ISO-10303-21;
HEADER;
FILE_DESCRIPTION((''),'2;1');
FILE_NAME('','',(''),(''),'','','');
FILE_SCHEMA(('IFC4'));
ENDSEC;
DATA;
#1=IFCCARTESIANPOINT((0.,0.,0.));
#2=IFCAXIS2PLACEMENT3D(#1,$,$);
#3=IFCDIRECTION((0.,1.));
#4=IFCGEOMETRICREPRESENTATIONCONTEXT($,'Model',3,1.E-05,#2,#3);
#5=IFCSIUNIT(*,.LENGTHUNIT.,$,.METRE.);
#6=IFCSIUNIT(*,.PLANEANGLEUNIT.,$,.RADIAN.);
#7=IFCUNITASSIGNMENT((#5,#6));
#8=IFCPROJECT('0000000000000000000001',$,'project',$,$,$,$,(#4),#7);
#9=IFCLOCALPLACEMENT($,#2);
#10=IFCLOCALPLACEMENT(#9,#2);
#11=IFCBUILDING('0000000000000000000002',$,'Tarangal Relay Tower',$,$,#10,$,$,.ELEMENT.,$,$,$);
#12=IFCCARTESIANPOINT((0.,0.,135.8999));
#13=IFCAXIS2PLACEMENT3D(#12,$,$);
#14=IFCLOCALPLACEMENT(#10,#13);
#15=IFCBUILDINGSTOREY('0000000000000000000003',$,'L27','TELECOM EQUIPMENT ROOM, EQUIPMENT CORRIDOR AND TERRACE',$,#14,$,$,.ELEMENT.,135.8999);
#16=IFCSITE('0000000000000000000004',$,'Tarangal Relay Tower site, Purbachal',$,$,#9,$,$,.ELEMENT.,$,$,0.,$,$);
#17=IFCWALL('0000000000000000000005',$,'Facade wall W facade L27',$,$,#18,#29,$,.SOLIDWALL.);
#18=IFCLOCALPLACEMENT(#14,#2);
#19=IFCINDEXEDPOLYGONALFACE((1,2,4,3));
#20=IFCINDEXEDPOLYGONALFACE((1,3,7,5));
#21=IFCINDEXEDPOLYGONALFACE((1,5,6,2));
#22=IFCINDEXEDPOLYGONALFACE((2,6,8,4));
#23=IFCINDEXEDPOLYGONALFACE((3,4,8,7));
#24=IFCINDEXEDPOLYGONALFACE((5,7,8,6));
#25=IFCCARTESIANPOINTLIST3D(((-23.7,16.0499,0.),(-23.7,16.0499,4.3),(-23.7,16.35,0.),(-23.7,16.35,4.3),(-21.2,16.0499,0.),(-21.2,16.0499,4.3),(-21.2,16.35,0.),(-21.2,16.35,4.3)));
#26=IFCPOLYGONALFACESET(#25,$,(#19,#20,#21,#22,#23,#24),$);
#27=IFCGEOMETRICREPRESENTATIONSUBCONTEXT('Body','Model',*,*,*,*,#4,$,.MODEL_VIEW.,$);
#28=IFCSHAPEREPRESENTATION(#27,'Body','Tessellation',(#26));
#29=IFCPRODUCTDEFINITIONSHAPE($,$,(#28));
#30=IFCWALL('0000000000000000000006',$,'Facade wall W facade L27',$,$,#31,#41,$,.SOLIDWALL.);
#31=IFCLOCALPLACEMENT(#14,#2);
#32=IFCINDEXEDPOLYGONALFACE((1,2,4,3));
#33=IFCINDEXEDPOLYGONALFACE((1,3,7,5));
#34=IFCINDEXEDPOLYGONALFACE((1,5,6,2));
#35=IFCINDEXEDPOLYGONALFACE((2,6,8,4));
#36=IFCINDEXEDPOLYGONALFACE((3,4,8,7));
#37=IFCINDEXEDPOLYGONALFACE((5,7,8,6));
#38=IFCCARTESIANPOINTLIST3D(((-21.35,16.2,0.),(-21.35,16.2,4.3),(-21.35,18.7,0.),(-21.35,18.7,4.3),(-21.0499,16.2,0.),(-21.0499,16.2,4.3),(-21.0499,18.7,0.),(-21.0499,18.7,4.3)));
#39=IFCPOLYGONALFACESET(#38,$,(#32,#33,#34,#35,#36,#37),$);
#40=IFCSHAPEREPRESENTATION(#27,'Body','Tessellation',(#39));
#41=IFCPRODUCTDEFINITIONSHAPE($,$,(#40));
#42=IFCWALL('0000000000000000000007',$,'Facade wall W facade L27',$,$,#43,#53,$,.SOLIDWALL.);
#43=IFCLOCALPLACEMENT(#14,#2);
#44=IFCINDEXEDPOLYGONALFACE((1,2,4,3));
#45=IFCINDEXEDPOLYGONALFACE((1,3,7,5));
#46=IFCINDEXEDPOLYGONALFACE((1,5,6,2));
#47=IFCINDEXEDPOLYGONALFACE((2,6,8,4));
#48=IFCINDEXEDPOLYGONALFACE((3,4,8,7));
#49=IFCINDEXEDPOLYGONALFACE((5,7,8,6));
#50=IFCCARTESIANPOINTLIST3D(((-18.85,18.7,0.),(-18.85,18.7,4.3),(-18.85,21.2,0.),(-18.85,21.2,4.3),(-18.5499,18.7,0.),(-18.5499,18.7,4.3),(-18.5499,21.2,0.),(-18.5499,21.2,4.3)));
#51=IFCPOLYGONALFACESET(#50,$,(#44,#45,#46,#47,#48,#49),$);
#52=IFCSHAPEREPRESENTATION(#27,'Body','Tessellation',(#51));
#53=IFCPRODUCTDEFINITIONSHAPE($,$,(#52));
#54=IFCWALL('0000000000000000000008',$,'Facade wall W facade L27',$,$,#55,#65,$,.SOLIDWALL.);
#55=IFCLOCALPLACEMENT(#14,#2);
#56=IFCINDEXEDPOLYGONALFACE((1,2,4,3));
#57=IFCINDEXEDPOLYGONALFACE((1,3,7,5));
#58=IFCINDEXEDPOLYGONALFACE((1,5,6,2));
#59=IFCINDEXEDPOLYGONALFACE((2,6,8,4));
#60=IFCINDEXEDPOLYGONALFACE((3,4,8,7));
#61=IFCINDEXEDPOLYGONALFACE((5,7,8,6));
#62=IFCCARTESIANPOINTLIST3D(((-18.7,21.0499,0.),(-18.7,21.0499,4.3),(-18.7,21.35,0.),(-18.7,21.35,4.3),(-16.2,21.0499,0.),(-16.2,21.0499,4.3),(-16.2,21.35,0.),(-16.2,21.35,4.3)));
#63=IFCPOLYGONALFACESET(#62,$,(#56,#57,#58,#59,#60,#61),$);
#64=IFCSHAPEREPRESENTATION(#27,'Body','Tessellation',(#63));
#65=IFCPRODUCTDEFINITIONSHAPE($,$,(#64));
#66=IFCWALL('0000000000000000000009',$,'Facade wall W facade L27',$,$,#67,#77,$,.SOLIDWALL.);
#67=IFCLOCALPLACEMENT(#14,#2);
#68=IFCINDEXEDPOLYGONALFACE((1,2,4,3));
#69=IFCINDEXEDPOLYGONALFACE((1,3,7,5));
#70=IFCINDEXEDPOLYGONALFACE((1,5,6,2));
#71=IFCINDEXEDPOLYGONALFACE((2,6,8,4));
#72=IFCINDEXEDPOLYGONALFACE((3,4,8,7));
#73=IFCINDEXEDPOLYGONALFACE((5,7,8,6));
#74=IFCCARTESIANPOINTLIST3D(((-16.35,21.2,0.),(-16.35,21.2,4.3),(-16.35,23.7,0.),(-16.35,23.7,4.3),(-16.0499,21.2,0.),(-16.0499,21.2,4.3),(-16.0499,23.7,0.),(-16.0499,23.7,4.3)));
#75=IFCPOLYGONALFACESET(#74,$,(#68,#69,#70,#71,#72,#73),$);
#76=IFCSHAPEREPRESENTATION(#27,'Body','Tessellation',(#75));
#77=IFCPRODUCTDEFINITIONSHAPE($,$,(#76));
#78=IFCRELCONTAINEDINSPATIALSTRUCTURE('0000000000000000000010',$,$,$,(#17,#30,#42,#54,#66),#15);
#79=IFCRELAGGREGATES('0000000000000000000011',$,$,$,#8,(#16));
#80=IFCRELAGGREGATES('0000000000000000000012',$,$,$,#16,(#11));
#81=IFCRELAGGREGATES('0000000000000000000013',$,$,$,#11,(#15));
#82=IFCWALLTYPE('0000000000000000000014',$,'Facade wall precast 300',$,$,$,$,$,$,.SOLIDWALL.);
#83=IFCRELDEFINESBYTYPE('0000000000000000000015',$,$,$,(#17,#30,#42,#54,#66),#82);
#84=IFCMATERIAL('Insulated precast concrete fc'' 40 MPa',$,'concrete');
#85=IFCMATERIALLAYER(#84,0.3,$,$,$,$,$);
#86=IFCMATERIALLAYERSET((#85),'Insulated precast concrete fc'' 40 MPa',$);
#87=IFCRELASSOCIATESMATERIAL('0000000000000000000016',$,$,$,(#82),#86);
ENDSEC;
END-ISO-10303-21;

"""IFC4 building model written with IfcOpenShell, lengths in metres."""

from ifc_helpers import new_model, si_unit, direction, frame, frame_2d, origin, place, context, subcontext, project, spatial, rectangle, extrude, material, layer, layer_set, type_object, element, save


model = new_model("IFC4")

# Units and contexts
model_context = context("Model", 3, precision=1e-05, world=origin(), true_north=direction((0.0, 1.0)))
body_context = subcontext(model_context, "Body", "Model", "MODEL_VIEW")
ifc_project = project(units=[si_unit("LENGTHUNIT", "METRE"), si_unit("PLANEANGLEUNIT", "RADIAN")], contexts=[model_context])

# Site, building, storey
site_placement = place(None, origin())
site = spatial("IfcSite", under=ifc_project, at=site_placement, Name="Tarangal Relay Tower site, Purbachal", CompositionType="ELEMENT", RefElevation=0.0)
building_placement = place(site_placement, origin())
building = spatial("IfcBuilding", under=site, at=building_placement, Name="Tarangal Relay Tower", CompositionType="ELEMENT")
storey_placement = place(building_placement, frame((0.0, 0.0, 135.8999)))
storey = spatial("IfcBuildingStorey", under=building, at=storey_placement, Name="L27", Description="TELECOM EQUIPMENT ROOM, EQUIPMENT CORRIDOR AND TERRACE", CompositionType="ELEMENT", Elevation=135.8999)

# Shared definitions
ifc_material_1 = material(Name="Insulated precast concrete fc' 40 MPa", Category="concrete")
ifc_layer = layer(ifc_material_1, 0.3)
ifc_layer_set = layer_set([ifc_layer], Name="Insulated precast concrete fc' 40 MPa")
wall_type = type_object("IfcWallType", Name="Facade wall precast 300", PredefinedType="SOLIDWALL", material=ifc_layer_set)

# Walls
for number, where, z_axis, x_axis, name in (
    (1, (-23.7, 16.2, 0.0), (0.0, 0.0, 1.0), (1.0, 0.0, 0.0), "Facade wall W facade L27"),
    (2, (-21.2, 16.2, 0.0), (0.0, 0.0, 1.0), (0.0, 1.0, 0.0), "Facade wall W facade L27"),
):
    element("IfcWall", number, at=place(storey_placement, frame(where, z_axis=z_axis, x_axis=x_axis)), inside=storey, type_object=wall_type, Name=name, PredefinedType="SOLIDWALL", context=body_context, shape_type="SweptSolid", body=[
        extrude(rectangle(XDim=2.5, YDim=0.3, at=frame_2d((1.25, 0.0))), origin(), (0.0, 0.0, 1.0), 4.3),
    ])

# Walls
for number, where, z_axis, x_axis, name in (
    (3, (-18.7, 18.7, 0.0), (0.0, 0.0, 1.0), (0.0, 1.0, 0.0), "Facade wall W facade L27"),
    (4, (-18.7, 21.2, 0.0), (0.0, 0.0, 1.0), (1.0, 0.0, 0.0), "Facade wall W facade L27"),
    (5, (-16.2, 21.2, 0.0), (0.0, 0.0, 1.0), (0.0, 1.0, 0.0), "Facade wall W facade L27"),
):
    element("IfcWall", number, at=place(storey_placement, frame(where, z_axis=z_axis, x_axis=x_axis)), inside=storey, type_object=wall_type, Name=name, PredefinedType="SOLIDWALL", context=body_context, shape_type="SweptSolid", body=[
        extrude(rectangle(XDim=2.5, YDim=0.3, at=frame_2d((1.25, 0.0))), origin(), (0.0, 0.0, 1.0), 4.3),
    ])

save(model, "model.ifc")
